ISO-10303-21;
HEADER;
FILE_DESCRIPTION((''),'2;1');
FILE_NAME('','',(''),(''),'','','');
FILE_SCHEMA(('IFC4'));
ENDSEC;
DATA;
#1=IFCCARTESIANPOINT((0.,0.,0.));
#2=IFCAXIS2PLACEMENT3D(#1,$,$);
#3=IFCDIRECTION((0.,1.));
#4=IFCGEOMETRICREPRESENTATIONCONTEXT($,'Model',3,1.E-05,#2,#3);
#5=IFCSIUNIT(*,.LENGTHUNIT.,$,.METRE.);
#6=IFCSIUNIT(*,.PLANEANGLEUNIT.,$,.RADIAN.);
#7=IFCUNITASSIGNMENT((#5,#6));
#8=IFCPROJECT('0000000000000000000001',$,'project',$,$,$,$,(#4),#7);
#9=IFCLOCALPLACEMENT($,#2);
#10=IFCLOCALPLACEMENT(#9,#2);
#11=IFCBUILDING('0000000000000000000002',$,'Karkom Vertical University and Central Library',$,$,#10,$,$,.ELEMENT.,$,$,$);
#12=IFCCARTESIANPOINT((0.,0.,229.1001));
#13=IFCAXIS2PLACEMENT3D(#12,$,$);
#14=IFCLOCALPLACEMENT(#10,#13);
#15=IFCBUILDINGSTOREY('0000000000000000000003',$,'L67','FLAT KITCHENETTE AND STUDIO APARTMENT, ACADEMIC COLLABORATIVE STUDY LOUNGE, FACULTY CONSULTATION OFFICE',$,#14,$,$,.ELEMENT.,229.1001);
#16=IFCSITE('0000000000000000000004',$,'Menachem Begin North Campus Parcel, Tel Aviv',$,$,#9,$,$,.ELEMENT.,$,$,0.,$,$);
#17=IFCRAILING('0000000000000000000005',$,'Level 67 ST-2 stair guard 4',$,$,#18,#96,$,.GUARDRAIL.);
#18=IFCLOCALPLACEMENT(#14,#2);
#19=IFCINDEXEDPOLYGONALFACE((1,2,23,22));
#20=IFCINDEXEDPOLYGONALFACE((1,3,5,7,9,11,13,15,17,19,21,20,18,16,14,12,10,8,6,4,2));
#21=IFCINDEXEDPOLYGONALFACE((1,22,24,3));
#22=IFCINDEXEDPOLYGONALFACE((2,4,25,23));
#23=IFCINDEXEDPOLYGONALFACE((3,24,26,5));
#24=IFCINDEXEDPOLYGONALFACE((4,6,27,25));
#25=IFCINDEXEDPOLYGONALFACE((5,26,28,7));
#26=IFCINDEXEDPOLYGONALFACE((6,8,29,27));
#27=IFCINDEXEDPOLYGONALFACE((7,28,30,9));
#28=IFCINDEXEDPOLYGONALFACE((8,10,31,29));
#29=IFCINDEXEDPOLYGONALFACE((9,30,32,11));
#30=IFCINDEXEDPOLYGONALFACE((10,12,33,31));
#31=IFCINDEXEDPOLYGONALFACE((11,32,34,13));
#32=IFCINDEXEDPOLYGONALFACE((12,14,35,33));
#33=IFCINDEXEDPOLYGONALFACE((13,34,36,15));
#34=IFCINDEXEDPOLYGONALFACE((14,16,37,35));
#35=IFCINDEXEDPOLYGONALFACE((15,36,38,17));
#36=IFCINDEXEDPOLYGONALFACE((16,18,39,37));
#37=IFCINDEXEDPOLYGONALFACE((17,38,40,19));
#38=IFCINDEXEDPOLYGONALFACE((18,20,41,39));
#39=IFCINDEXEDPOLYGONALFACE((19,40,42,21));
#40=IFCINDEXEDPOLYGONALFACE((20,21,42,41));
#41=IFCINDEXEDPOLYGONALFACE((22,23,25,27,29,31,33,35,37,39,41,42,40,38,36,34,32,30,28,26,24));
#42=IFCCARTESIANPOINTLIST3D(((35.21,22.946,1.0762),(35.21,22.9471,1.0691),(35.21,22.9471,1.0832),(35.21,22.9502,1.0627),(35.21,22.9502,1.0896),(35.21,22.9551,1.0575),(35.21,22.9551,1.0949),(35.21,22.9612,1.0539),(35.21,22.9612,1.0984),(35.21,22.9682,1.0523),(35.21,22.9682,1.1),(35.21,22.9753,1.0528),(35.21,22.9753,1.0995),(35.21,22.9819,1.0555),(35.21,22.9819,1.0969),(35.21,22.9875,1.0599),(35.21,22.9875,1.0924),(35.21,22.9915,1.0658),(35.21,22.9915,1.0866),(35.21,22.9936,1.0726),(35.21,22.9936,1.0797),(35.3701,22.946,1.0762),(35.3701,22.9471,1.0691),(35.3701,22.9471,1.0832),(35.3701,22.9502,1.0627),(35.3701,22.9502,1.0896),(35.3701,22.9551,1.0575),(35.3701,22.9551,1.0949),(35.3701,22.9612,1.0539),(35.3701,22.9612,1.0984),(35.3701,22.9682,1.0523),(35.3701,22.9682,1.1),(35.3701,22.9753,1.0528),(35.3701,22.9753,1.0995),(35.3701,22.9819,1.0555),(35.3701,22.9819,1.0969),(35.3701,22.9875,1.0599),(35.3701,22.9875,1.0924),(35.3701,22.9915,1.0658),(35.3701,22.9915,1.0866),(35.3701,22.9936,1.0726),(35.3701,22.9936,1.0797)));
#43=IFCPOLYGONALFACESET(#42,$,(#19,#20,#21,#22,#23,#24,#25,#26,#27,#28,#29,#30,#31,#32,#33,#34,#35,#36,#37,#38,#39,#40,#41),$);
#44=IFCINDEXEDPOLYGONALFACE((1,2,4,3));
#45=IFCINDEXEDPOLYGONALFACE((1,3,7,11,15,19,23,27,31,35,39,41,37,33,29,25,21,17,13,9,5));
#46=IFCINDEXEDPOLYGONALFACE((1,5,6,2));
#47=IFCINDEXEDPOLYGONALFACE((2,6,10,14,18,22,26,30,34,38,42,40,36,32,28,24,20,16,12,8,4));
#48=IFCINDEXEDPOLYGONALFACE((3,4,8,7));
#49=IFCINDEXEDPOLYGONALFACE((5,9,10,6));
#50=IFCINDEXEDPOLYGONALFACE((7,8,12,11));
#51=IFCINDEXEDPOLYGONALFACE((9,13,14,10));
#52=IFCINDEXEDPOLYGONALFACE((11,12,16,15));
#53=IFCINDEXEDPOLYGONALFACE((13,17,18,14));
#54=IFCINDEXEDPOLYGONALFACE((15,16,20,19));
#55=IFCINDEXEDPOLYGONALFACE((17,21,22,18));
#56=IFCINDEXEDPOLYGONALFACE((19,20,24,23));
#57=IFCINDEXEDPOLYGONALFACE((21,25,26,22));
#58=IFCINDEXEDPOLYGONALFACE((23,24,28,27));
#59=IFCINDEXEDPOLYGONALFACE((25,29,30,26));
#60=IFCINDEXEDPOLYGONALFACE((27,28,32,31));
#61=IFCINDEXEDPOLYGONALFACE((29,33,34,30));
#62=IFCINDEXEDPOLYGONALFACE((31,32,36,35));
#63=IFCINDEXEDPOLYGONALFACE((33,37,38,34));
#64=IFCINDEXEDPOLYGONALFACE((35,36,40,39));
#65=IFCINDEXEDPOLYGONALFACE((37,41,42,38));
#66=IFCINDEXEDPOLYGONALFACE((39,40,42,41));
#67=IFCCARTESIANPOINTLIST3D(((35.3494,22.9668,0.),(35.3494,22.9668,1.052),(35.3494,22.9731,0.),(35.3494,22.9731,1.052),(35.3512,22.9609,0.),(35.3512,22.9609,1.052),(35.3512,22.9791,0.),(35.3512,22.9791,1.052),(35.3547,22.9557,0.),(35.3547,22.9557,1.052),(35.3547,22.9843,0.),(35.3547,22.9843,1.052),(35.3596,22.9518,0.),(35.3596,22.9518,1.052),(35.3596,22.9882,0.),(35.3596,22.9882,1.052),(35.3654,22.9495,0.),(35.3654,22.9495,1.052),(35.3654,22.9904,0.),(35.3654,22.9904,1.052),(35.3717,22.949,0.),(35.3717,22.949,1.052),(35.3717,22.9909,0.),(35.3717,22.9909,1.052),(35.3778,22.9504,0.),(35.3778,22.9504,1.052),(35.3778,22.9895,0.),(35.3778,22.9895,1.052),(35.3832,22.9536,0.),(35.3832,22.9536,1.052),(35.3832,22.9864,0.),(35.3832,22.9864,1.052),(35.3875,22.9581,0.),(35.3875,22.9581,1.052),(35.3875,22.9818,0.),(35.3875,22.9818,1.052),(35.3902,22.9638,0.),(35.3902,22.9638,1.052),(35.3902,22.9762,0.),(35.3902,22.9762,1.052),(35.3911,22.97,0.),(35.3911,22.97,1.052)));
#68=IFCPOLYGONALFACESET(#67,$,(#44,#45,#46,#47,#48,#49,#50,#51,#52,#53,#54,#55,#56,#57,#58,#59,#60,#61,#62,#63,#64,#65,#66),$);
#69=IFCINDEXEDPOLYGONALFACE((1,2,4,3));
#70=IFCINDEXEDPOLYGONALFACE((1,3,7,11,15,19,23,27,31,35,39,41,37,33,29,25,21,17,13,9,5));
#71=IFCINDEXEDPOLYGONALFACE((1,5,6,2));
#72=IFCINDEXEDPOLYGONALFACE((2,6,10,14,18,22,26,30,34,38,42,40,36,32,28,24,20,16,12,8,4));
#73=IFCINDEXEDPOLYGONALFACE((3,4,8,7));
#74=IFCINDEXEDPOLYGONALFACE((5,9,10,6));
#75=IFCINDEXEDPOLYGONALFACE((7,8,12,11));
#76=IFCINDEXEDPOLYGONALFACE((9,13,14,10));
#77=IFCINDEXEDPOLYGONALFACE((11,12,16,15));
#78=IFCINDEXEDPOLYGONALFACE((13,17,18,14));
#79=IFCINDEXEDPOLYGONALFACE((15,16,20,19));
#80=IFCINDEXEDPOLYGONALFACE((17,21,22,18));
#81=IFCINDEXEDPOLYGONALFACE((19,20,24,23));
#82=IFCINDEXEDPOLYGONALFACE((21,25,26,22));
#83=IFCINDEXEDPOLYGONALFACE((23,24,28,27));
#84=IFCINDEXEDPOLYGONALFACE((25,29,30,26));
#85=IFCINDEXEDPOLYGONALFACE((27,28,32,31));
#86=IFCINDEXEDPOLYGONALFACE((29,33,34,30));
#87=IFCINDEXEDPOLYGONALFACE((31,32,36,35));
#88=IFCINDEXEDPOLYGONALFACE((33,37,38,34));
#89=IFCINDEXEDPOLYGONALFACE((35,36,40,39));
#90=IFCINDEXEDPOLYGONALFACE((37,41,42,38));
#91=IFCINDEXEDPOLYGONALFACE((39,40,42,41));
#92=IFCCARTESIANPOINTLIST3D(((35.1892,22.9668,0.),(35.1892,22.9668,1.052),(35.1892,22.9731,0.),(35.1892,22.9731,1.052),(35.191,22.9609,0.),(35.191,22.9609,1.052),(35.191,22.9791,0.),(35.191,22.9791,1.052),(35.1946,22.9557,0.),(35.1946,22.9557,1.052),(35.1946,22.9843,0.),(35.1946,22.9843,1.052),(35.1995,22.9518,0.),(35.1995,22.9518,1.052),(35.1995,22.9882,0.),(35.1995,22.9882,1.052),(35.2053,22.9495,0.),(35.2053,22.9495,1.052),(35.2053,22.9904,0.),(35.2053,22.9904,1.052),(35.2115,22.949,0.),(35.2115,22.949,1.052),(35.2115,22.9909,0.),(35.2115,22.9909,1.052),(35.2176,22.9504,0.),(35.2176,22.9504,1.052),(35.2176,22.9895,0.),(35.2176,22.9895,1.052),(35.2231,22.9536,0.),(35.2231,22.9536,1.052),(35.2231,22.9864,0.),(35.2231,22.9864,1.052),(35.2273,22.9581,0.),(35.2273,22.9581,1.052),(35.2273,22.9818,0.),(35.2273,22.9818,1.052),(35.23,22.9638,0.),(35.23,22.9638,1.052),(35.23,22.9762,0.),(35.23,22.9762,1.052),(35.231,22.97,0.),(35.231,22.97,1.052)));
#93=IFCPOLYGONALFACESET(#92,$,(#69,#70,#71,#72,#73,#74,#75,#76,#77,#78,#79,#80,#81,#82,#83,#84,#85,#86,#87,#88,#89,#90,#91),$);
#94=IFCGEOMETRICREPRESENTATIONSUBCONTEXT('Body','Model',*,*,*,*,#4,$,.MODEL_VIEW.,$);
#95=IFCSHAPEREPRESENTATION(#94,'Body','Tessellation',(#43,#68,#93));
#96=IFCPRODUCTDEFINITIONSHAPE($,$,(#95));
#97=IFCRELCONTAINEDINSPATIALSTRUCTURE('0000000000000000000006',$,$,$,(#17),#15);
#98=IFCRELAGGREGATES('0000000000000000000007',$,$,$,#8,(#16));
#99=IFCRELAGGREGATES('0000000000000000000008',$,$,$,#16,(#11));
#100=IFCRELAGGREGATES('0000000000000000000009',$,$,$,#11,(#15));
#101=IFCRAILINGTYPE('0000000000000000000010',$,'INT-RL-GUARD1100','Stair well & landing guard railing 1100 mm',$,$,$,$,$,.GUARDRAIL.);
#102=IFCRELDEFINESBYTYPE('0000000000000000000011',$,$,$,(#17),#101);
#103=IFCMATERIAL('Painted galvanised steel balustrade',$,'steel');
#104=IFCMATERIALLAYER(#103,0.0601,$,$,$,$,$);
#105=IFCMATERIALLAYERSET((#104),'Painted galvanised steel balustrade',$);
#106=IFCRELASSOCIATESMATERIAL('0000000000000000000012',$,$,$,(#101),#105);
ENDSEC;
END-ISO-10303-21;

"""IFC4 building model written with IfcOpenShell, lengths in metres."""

from ifc_helpers import new_model, si_unit, direction, frame, origin, origin_2d, place, context, subcontext, project, spatial, circle, extrude, material, layer, layer_set, type_object, element, save


model = new_model("IFC4")

# Units and contexts
model_context = context("Model", 3, precision=1e-05, world=origin(), true_north=direction((0.0, 1.0)))
body_context = subcontext(model_context, "Body", "Model", "MODEL_VIEW")
ifc_project = project(units=[si_unit("LENGTHUNIT", "METRE"), si_unit("PLANEANGLEUNIT", "RADIAN")], contexts=[model_context])

# Site, building, storey
site_placement = place(None, origin())
site = spatial("IfcSite", under=ifc_project, at=site_placement, Name="Menachem Begin North Campus Parcel, Tel Aviv", CompositionType="ELEMENT", RefElevation=0.0)
building_placement = place(site_placement, origin())
building = spatial("IfcBuilding", under=site, at=building_placement, Name="Karkom Vertical University and Central Library", CompositionType="ELEMENT")
storey_placement = place(building_placement, frame((0.0, 0.0, 229.1001)))
storey = spatial("IfcBuildingStorey", under=building, at=storey_placement, Name="L67", Description="FLAT KITCHENETTE AND STUDIO APARTMENT, ACADEMIC COLLABORATIVE STUDY LOUNGE, FACULTY CONSULTATION OFFICE", CompositionType="ELEMENT", Elevation=229.1001)

# Railing
ifc_material_1 = material(Name="Painted galvanised steel balustrade", Category="steel")
ifc_layer_1 = layer(ifc_material_1, 0.0601)
ifc_layer_set_1 = layer_set([ifc_layer_1], Name="Painted galvanised steel balustrade")
railing_type_1 = type_object("IfcRailingType", Name="INT-RL-GUARD1100", Description="Stair well & landing guard railing 1100 mm", PredefinedType="GUARDRAIL", material=ifc_layer_set_1)
railing_1_placement = place(storey_placement, frame((35.3701, 22.97, 0.0)))
element("IfcRailing", 1, at=railing_1_placement, inside=storey, type_object=railing_type_1, Name="Level 67 ST-2 stair guard 4", PredefinedType="GUARDRAIL", context=body_context, shape_type="SweptSolid", body=[
    extrude(circle(Radius=0.0239, at=origin_2d()), frame((0.0, 0.0, 1.0762), z_axis=(-1.0, 0.0, 0.0), x_axis=(0.0, -1.0, 0.0)), (0.0, 0.0, 1.0), 0.1602),
    extrude(circle(Radius=0.021, at=origin_2d()), origin(), (0.0, 0.0, 1.0), 1.052),
    extrude(circle(Radius=0.021, at=origin_2d()), frame((-0.1602, 0.0, 0.0)), (0.0, 0.0, 1.0), 1.052),
])

save(model, "model.ifc")
